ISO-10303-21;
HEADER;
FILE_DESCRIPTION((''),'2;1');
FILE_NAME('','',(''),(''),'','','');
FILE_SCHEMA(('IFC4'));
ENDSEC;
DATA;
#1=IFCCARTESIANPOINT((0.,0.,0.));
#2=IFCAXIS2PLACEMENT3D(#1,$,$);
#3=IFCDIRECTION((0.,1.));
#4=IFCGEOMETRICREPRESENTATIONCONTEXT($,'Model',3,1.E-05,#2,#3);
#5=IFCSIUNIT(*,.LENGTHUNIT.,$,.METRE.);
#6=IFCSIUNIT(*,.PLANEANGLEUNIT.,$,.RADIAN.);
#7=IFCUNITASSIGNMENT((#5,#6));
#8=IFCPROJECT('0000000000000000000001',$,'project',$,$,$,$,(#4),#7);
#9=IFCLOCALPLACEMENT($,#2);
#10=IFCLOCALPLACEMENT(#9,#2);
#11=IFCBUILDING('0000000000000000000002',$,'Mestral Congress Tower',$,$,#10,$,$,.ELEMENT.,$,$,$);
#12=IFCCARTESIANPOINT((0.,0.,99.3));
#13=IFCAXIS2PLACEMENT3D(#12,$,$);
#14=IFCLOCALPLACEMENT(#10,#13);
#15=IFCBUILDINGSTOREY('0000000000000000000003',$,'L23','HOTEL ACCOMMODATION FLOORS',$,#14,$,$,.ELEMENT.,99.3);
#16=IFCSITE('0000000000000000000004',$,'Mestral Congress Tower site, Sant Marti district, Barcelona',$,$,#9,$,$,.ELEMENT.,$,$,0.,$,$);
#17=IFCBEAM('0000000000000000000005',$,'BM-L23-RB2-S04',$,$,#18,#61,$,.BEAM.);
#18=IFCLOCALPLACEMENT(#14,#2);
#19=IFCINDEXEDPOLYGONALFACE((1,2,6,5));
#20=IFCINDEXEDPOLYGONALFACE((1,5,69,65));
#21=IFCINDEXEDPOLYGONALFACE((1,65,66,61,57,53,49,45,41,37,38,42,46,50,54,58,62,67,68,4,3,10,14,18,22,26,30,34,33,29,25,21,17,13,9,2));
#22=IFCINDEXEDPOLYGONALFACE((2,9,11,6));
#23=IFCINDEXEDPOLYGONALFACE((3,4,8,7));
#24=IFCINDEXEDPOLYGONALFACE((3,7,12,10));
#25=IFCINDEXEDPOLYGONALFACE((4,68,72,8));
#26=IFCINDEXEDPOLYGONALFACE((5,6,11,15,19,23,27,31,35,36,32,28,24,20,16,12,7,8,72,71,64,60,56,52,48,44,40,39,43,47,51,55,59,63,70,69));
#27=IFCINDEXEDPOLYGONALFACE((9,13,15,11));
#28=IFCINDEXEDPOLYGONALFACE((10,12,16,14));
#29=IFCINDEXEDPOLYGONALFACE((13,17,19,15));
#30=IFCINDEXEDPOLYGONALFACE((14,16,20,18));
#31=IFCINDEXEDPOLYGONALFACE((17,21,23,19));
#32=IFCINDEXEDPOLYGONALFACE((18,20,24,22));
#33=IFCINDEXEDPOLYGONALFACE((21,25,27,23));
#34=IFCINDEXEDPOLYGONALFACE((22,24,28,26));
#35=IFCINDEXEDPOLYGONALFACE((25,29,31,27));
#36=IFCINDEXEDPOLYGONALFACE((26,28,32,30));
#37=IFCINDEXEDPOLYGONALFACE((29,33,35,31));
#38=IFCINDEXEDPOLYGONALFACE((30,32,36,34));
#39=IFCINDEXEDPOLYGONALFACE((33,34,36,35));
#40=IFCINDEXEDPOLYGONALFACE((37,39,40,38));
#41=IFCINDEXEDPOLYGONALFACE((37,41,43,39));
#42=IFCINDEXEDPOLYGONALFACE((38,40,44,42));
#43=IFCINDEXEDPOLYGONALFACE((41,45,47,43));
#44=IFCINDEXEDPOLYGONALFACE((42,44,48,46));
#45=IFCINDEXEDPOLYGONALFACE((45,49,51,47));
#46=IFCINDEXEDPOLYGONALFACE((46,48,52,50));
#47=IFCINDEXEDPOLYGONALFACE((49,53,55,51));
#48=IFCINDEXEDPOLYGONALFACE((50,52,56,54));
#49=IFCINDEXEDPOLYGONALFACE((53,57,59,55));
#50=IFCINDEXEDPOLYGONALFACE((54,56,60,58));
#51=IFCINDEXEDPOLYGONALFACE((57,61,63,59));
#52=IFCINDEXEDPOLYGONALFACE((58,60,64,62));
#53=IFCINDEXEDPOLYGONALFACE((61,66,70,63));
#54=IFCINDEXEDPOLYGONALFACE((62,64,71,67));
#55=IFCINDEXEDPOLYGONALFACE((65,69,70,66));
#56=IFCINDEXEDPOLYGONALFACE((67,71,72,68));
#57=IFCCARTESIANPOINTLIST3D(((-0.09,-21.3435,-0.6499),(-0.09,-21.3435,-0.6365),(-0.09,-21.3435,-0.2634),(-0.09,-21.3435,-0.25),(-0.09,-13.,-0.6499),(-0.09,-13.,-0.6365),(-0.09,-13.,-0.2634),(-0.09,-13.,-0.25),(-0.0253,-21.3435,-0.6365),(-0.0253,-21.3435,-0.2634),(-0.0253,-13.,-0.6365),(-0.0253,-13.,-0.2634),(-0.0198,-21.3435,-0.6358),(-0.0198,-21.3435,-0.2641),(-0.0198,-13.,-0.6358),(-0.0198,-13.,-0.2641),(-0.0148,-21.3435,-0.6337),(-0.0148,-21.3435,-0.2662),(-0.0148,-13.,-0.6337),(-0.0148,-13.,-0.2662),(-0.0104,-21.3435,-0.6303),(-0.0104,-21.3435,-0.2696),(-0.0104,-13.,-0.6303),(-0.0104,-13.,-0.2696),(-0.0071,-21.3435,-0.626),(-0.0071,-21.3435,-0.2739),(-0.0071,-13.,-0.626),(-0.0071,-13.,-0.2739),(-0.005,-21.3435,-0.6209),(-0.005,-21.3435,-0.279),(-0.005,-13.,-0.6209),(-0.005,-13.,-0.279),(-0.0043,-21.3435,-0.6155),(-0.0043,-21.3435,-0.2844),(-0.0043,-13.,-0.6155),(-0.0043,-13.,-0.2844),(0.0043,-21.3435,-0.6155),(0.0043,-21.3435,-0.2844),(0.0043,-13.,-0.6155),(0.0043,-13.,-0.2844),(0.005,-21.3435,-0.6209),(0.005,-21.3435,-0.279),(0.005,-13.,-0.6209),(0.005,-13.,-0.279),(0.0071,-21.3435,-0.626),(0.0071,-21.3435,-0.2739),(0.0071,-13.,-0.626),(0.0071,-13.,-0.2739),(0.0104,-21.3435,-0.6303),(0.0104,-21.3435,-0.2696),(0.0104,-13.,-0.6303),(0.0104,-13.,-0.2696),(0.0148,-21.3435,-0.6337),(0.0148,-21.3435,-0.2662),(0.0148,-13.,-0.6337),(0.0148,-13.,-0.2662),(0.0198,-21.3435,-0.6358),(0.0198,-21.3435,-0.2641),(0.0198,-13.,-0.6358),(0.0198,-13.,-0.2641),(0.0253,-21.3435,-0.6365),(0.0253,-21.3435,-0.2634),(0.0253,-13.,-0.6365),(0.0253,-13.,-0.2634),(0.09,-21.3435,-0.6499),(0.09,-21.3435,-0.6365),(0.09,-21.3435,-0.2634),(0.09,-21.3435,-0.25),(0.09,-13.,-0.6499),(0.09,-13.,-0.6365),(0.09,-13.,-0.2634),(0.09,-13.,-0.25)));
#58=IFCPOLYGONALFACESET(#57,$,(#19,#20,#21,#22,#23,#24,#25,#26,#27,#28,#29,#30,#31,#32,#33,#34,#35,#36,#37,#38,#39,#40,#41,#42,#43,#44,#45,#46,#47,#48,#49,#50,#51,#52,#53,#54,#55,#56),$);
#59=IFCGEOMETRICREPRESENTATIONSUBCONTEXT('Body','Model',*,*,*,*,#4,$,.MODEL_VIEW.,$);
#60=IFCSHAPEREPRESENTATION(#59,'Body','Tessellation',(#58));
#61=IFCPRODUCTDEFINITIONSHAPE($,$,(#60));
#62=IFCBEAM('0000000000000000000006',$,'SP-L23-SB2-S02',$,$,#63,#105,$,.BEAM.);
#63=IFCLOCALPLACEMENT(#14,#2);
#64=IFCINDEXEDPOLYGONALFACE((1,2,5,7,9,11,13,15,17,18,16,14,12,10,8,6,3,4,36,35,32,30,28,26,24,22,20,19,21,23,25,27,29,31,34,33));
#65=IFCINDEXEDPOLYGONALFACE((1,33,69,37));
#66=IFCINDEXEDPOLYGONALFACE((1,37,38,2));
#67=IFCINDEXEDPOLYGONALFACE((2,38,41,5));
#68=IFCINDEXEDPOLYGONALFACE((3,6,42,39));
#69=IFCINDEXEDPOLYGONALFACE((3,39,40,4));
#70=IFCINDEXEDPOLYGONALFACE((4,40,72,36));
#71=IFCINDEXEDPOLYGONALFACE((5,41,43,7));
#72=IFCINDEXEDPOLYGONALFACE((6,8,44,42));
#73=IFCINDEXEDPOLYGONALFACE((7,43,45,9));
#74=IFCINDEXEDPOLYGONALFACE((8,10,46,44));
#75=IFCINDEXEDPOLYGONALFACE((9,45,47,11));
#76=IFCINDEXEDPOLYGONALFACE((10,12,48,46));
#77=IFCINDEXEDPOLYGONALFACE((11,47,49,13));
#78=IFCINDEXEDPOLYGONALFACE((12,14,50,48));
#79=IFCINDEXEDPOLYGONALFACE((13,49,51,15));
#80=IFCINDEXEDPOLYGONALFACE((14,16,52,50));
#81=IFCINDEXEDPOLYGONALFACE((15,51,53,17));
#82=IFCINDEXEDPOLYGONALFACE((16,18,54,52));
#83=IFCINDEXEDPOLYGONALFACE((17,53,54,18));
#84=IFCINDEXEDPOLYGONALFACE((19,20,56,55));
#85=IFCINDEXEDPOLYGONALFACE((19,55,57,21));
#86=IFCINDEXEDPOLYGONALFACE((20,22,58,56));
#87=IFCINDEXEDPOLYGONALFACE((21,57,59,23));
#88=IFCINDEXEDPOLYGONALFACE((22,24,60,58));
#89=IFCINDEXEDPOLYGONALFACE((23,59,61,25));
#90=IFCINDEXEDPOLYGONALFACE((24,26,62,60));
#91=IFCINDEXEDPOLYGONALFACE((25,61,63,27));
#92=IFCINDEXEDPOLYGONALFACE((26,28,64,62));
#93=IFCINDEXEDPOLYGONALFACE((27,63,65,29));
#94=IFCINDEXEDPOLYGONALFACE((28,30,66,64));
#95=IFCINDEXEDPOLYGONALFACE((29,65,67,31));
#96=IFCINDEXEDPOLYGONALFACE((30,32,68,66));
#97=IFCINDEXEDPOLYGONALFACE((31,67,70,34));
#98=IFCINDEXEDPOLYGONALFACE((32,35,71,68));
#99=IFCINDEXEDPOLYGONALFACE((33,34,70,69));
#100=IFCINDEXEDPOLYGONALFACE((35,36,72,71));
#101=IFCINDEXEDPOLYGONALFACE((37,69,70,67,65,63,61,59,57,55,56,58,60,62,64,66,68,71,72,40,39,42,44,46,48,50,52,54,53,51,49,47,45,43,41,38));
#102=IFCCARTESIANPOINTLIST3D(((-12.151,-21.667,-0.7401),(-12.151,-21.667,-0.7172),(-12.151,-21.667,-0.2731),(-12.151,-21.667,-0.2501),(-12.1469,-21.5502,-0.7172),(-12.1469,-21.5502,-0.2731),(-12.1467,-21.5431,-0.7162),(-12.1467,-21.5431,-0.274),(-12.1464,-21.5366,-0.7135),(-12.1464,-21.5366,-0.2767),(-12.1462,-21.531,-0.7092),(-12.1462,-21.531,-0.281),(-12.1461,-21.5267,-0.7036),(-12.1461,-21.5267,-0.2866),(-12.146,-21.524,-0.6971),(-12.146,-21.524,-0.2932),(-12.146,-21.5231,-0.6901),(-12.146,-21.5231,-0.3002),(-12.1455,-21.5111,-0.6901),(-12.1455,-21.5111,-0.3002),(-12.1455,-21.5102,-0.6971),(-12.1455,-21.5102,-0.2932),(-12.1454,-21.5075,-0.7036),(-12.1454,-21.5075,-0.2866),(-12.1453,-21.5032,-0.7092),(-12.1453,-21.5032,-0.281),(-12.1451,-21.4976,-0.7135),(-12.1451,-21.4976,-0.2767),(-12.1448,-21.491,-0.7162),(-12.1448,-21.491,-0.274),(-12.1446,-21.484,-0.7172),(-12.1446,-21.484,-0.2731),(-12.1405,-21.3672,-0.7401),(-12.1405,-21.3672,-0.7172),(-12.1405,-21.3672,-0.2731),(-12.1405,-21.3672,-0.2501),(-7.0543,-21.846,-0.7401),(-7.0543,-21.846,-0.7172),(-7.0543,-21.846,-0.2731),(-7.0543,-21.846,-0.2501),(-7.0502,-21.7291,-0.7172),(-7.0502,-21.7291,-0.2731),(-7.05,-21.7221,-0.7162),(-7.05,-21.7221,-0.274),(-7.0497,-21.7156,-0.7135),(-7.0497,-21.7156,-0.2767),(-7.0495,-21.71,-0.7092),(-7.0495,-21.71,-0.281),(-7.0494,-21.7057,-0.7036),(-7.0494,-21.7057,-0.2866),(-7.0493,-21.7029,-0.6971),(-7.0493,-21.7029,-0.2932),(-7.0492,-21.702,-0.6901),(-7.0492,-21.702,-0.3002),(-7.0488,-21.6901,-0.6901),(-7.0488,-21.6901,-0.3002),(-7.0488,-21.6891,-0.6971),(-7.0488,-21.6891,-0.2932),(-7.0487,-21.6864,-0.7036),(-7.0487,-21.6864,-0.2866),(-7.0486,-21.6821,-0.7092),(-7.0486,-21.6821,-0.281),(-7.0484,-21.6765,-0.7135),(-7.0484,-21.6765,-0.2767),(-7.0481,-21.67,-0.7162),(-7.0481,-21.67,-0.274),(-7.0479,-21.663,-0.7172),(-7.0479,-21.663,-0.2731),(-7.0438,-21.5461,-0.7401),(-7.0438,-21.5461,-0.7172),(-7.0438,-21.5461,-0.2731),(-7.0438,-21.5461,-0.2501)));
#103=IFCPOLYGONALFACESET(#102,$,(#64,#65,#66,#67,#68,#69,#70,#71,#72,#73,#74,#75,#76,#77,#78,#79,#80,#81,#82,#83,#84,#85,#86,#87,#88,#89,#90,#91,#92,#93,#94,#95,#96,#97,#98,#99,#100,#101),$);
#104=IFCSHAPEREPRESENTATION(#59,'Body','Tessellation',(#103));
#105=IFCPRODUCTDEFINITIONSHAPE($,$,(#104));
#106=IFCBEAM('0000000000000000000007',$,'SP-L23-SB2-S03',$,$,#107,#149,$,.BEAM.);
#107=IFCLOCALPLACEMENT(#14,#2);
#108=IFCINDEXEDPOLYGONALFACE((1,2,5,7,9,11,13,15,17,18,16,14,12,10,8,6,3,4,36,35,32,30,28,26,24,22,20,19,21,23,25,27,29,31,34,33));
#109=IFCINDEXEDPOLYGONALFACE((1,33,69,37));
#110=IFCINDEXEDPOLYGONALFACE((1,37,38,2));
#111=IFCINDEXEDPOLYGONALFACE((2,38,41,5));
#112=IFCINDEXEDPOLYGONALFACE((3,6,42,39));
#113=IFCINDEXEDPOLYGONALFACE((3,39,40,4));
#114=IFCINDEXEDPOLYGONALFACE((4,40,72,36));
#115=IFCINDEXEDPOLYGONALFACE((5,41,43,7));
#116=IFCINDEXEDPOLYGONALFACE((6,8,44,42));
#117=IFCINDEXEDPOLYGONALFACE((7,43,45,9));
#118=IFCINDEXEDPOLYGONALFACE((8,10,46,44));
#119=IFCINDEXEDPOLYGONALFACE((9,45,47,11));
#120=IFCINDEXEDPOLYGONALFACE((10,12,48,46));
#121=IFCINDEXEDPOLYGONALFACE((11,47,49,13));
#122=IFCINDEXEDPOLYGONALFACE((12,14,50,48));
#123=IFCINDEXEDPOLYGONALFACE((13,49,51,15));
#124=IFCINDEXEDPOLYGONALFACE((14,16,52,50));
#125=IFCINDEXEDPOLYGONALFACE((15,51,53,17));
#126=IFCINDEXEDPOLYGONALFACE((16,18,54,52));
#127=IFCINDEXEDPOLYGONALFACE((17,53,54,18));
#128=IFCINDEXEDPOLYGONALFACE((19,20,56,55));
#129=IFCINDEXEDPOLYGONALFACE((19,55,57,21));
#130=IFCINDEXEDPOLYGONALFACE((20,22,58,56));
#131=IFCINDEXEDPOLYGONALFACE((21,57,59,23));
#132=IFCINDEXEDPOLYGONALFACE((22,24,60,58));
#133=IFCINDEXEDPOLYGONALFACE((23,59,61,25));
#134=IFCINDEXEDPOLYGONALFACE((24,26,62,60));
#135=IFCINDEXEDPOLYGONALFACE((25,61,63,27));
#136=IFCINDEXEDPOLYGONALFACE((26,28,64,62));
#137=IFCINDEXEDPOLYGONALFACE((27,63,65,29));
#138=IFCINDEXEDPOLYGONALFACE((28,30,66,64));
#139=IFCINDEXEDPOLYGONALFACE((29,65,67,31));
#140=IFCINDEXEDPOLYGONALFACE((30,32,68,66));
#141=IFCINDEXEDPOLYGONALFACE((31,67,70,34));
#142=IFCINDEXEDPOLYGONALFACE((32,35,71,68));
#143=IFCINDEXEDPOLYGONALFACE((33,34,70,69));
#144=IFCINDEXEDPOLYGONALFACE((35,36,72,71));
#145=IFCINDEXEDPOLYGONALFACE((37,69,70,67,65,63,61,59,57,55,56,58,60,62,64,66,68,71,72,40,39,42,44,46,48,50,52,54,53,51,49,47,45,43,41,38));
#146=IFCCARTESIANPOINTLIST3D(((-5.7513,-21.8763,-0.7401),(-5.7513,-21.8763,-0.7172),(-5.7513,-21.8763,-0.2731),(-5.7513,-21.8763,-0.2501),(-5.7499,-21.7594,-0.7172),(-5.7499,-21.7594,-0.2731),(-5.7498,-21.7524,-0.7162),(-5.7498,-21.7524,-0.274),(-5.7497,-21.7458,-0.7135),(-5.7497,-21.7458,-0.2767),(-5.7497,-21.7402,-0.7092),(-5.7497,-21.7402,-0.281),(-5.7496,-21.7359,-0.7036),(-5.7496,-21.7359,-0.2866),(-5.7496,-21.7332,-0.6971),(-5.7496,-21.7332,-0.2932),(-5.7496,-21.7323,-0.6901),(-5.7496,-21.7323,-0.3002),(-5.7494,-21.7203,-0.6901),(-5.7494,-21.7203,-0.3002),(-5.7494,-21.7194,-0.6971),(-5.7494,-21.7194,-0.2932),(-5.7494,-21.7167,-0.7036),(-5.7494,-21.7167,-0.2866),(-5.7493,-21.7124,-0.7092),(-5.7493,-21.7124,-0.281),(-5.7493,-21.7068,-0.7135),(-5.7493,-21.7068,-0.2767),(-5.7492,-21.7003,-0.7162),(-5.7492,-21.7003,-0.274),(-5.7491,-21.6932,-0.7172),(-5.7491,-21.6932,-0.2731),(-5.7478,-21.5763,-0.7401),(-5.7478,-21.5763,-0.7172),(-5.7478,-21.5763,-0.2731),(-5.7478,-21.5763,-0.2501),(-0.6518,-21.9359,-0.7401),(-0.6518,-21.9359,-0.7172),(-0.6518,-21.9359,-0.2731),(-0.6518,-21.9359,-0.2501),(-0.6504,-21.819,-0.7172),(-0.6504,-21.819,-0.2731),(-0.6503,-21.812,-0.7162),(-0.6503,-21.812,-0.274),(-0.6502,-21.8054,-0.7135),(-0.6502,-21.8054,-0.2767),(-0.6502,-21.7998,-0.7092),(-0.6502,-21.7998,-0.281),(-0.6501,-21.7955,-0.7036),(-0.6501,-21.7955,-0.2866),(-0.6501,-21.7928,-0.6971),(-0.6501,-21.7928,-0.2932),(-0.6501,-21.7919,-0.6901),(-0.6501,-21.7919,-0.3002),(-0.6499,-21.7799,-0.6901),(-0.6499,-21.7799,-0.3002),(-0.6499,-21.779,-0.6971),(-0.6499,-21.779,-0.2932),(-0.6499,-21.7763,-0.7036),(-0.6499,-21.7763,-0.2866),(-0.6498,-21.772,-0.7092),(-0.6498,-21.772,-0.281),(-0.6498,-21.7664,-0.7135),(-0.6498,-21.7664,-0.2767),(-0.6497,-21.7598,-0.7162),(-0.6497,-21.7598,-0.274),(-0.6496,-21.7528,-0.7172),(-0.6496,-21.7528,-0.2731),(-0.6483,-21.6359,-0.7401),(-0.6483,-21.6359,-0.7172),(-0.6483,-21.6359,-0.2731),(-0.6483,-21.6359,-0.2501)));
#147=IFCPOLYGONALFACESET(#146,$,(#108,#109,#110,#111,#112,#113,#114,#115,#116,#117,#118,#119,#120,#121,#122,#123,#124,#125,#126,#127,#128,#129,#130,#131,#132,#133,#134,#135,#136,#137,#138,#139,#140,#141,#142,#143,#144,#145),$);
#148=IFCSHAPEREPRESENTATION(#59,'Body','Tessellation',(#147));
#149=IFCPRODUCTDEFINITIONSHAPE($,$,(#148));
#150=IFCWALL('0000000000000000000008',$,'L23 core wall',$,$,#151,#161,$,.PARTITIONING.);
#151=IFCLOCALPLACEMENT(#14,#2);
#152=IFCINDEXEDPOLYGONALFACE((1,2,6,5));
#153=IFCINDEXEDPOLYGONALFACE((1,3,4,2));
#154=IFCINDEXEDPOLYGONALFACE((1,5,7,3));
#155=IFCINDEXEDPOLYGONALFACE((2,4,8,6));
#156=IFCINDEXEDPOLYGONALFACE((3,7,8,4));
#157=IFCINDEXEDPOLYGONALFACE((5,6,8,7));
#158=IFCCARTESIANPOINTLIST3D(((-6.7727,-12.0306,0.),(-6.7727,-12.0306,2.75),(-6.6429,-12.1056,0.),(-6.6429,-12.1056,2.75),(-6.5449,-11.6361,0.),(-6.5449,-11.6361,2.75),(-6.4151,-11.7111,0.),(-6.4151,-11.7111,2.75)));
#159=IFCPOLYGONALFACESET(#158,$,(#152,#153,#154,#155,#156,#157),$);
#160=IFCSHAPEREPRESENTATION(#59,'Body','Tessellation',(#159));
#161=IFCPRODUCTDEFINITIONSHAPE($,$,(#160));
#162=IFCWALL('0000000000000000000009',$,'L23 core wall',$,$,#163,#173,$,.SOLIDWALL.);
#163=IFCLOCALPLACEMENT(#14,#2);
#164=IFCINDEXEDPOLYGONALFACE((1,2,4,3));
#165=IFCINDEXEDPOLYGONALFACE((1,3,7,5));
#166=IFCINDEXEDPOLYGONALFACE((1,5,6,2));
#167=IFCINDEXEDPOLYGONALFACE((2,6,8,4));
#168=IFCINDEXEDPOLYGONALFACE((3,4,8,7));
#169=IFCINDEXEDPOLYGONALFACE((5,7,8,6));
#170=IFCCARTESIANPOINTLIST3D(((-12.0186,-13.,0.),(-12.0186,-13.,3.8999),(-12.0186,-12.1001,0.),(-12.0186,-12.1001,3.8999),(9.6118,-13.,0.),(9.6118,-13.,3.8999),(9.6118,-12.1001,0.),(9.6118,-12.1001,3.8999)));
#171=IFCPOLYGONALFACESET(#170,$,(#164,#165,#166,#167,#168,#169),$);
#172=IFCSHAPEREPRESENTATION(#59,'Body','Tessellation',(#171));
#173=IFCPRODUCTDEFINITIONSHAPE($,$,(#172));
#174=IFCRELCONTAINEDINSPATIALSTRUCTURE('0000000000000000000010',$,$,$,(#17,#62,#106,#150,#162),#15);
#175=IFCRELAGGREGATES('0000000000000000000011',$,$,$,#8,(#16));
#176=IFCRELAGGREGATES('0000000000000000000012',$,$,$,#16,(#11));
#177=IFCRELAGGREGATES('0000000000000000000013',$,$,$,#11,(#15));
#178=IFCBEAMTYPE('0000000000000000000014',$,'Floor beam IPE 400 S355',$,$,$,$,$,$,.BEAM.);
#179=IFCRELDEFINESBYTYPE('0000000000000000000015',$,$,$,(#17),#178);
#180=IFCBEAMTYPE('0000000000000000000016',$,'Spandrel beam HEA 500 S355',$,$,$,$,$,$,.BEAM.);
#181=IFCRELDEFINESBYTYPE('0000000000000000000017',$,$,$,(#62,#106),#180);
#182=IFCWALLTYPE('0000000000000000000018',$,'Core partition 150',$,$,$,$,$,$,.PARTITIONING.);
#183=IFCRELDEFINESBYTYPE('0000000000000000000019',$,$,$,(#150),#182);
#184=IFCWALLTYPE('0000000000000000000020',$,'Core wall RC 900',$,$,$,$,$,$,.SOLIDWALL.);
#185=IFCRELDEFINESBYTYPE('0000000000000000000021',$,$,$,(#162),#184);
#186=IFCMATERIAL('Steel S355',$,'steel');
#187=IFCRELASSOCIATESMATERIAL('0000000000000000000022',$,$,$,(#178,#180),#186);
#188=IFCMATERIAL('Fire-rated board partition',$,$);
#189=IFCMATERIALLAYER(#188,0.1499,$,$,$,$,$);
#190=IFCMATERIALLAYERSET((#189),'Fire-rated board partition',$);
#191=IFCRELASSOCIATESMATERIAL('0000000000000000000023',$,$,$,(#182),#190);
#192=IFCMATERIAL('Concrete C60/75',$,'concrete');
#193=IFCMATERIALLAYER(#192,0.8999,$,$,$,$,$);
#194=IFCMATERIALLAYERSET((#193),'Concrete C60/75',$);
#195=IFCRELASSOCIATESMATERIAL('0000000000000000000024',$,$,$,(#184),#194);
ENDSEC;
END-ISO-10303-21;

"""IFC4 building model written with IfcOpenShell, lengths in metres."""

from ifc_helpers import new_model, si_unit, direction, frame, frame_2d, origin, origin_2d, place, context, subcontext, project, spatial, rectangle, i_section, extrude, material, layer, layer_set, material_profile, profile_set, type_object, element, save


model = new_model("IFC4")

# Units and contexts
model_context = context("Model", 3, precision=1e-05, world=origin(), true_north=direction((0.0, 1.0)))
body_context = subcontext(model_context, "Body", "Model", "MODEL_VIEW")
ifc_project = project(units=[si_unit("LENGTHUNIT", "METRE"), si_unit("PLANEANGLEUNIT", "RADIAN")], contexts=[model_context])

# Site, building, storey
site_placement = place(None, origin())
site = spatial("IfcSite", under=ifc_project, at=site_placement, Name="Mestral Congress Tower site, Sant Marti district, Barcelona", CompositionType="ELEMENT", RefElevation=0.0)
building_placement = place(site_placement, origin())
building = spatial("IfcBuilding", under=site, at=building_placement, Name="Mestral Congress Tower", CompositionType="ELEMENT")
storey_placement = place(building_placement, frame((0.0, 0.0, 99.3)))
storey = spatial("IfcBuildingStorey", under=building, at=storey_placement, Name="L23", Description="HOTEL ACCOMMODATION FLOORS", CompositionType="ELEMENT", Elevation=99.3)

# Beams
ifc_material_1 = material(Name="Steel S355", Category="steel")
ifc_material_profile_1 = material_profile(ifc_material_1, i_section(OverallWidth=0.1799, OverallDepth=0.3999, WebThickness=0.0085, FlangeThickness=0.0134, FilletRadius=0.021, at=origin_2d()), Name="IPE 400")
ifc_profile_set_1 = profile_set([ifc_material_profile_1], Name="Steel S355")
beam_type_1 = type_object("IfcBeamType", Name="Floor beam IPE 400 S355", PredefinedType="BEAM", material=ifc_profile_set_1)
beam_1_placement = place(storey_placement, frame((0.0, -21.3435, -0.45), z_axis=(0.0, 1.0, 0.0), x_axis=(-1.0, 0.0, 0.0)))
element("IfcBeam", 1, at=beam_1_placement, inside=storey, type_object=beam_type_1, Name="BM-L23-RB2-S04", PredefinedType="BEAM", context=body_context, shape_type="SweptSolid", body=[
    extrude(i_section(OverallWidth=0.1799, OverallDepth=0.3999, WebThickness=0.0085, FlangeThickness=0.0134, FilletRadius=0.021, at=origin_2d()), origin(), (0.0, 0.0, 1.0), 8.3435),
])
ifc_material_profile_2 = material_profile(ifc_material_1, i_section(OverallWidth=0.3, OverallDepth=0.49, WebThickness=0.012, FlangeThickness=0.0229, FilletRadius=0.0271, at=origin_2d()), Name="HEA 500")
ifc_profile_set_2 = profile_set([ifc_material_profile_2], Name="Steel S355")
beam_type_2 = type_object("IfcBeamType", Name="Spandrel beam HEA 500 S355", PredefinedType="BEAM", material=ifc_profile_set_2)
for number, where, z_axis, x_axis, name in (
    (2, (-12.1458, -21.5171, -0.4951), (0.999384, -0.03509, 0.0), (0.03509, 0.999384, 0.0), "SP-L23-SB2-S02"),
    (3, (-5.7495, -21.7263, -0.4951), (0.999932, -0.011681, 0.0), (0.011681, 0.999932, 0.0), "SP-L23-SB2-S03"),
):
    element("IfcBeam", number, at=place(storey_placement, frame(where, z_axis=z_axis, x_axis=x_axis)), inside=storey, type_object=beam_type_2, Name=name, PredefinedType="BEAM", context=body_context, shape_type="SweptSolid", body=[
        extrude(i_section(OverallWidth=0.3, OverallDepth=0.49, WebThickness=0.012, FlangeThickness=0.0229, FilletRadius=0.0271, at=origin_2d()), origin(), (0.0, 0.0, 1.0), 5.0999),
    ])

# Walls
ifc_material_2 = material(Name="Fire-rated board partition")
ifc_layer_1 = layer(ifc_material_2, 0.1499)
ifc_layer_set_1 = layer_set([ifc_layer_1], Name="Fire-rated board partition")
wall_type_1 = type_object("IfcWallType", Name="Core partition 150", PredefinedType="PARTITIONING", material=ifc_layer_set_1)
wall_1_placement = place(storey_placement, frame((-6.7078, -12.0681, 0.0), z_axis=(0.0, 0.0, 1.0), x_axis=(0.500001, 0.866025, 0.0)))
element("IfcWall", 4, at=wall_1_placement, inside=storey, type_object=wall_type_1, Name="L23 core wall", PredefinedType="PARTITIONING", context=body_context, shape_type="SweptSolid", body=[
    extrude(rectangle(XDim=0.4556, YDim=0.1499, at=frame_2d((0.2278, 0.0))), origin(), (0.0, 0.0, 1.0), 2.75),
])
ifc_material_3 = material(Name="Concrete C60/75", Category="concrete")
ifc_layer_2 = layer(ifc_material_3, 0.8999)
ifc_layer_set_2 = layer_set([ifc_layer_2], Name="Concrete C60/75")
wall_type_2 = type_object("IfcWallType", Name="Core wall RC 900", PredefinedType="SOLIDWALL", material=ifc_layer_set_2)
wall_2_placement = place(storey_placement, frame((-12.0186, -12.55, 0.0), z_axis=(0.0, 0.0, 1.0), x_axis=(1.0, 0.0, 0.0)))
element("IfcWall", 5, at=wall_2_placement, inside=storey, type_object=wall_type_2, Name="L23 core wall", PredefinedType="SOLIDWALL", context=body_context, shape_type="SweptSolid", body=[
    extrude(rectangle(XDim=21.6304, YDim=0.8999, at=frame_2d((10.8152, 0.0))), origin(), (0.0, 0.0, 1.0), 3.8999),
])

save(model, "model.ifc")
